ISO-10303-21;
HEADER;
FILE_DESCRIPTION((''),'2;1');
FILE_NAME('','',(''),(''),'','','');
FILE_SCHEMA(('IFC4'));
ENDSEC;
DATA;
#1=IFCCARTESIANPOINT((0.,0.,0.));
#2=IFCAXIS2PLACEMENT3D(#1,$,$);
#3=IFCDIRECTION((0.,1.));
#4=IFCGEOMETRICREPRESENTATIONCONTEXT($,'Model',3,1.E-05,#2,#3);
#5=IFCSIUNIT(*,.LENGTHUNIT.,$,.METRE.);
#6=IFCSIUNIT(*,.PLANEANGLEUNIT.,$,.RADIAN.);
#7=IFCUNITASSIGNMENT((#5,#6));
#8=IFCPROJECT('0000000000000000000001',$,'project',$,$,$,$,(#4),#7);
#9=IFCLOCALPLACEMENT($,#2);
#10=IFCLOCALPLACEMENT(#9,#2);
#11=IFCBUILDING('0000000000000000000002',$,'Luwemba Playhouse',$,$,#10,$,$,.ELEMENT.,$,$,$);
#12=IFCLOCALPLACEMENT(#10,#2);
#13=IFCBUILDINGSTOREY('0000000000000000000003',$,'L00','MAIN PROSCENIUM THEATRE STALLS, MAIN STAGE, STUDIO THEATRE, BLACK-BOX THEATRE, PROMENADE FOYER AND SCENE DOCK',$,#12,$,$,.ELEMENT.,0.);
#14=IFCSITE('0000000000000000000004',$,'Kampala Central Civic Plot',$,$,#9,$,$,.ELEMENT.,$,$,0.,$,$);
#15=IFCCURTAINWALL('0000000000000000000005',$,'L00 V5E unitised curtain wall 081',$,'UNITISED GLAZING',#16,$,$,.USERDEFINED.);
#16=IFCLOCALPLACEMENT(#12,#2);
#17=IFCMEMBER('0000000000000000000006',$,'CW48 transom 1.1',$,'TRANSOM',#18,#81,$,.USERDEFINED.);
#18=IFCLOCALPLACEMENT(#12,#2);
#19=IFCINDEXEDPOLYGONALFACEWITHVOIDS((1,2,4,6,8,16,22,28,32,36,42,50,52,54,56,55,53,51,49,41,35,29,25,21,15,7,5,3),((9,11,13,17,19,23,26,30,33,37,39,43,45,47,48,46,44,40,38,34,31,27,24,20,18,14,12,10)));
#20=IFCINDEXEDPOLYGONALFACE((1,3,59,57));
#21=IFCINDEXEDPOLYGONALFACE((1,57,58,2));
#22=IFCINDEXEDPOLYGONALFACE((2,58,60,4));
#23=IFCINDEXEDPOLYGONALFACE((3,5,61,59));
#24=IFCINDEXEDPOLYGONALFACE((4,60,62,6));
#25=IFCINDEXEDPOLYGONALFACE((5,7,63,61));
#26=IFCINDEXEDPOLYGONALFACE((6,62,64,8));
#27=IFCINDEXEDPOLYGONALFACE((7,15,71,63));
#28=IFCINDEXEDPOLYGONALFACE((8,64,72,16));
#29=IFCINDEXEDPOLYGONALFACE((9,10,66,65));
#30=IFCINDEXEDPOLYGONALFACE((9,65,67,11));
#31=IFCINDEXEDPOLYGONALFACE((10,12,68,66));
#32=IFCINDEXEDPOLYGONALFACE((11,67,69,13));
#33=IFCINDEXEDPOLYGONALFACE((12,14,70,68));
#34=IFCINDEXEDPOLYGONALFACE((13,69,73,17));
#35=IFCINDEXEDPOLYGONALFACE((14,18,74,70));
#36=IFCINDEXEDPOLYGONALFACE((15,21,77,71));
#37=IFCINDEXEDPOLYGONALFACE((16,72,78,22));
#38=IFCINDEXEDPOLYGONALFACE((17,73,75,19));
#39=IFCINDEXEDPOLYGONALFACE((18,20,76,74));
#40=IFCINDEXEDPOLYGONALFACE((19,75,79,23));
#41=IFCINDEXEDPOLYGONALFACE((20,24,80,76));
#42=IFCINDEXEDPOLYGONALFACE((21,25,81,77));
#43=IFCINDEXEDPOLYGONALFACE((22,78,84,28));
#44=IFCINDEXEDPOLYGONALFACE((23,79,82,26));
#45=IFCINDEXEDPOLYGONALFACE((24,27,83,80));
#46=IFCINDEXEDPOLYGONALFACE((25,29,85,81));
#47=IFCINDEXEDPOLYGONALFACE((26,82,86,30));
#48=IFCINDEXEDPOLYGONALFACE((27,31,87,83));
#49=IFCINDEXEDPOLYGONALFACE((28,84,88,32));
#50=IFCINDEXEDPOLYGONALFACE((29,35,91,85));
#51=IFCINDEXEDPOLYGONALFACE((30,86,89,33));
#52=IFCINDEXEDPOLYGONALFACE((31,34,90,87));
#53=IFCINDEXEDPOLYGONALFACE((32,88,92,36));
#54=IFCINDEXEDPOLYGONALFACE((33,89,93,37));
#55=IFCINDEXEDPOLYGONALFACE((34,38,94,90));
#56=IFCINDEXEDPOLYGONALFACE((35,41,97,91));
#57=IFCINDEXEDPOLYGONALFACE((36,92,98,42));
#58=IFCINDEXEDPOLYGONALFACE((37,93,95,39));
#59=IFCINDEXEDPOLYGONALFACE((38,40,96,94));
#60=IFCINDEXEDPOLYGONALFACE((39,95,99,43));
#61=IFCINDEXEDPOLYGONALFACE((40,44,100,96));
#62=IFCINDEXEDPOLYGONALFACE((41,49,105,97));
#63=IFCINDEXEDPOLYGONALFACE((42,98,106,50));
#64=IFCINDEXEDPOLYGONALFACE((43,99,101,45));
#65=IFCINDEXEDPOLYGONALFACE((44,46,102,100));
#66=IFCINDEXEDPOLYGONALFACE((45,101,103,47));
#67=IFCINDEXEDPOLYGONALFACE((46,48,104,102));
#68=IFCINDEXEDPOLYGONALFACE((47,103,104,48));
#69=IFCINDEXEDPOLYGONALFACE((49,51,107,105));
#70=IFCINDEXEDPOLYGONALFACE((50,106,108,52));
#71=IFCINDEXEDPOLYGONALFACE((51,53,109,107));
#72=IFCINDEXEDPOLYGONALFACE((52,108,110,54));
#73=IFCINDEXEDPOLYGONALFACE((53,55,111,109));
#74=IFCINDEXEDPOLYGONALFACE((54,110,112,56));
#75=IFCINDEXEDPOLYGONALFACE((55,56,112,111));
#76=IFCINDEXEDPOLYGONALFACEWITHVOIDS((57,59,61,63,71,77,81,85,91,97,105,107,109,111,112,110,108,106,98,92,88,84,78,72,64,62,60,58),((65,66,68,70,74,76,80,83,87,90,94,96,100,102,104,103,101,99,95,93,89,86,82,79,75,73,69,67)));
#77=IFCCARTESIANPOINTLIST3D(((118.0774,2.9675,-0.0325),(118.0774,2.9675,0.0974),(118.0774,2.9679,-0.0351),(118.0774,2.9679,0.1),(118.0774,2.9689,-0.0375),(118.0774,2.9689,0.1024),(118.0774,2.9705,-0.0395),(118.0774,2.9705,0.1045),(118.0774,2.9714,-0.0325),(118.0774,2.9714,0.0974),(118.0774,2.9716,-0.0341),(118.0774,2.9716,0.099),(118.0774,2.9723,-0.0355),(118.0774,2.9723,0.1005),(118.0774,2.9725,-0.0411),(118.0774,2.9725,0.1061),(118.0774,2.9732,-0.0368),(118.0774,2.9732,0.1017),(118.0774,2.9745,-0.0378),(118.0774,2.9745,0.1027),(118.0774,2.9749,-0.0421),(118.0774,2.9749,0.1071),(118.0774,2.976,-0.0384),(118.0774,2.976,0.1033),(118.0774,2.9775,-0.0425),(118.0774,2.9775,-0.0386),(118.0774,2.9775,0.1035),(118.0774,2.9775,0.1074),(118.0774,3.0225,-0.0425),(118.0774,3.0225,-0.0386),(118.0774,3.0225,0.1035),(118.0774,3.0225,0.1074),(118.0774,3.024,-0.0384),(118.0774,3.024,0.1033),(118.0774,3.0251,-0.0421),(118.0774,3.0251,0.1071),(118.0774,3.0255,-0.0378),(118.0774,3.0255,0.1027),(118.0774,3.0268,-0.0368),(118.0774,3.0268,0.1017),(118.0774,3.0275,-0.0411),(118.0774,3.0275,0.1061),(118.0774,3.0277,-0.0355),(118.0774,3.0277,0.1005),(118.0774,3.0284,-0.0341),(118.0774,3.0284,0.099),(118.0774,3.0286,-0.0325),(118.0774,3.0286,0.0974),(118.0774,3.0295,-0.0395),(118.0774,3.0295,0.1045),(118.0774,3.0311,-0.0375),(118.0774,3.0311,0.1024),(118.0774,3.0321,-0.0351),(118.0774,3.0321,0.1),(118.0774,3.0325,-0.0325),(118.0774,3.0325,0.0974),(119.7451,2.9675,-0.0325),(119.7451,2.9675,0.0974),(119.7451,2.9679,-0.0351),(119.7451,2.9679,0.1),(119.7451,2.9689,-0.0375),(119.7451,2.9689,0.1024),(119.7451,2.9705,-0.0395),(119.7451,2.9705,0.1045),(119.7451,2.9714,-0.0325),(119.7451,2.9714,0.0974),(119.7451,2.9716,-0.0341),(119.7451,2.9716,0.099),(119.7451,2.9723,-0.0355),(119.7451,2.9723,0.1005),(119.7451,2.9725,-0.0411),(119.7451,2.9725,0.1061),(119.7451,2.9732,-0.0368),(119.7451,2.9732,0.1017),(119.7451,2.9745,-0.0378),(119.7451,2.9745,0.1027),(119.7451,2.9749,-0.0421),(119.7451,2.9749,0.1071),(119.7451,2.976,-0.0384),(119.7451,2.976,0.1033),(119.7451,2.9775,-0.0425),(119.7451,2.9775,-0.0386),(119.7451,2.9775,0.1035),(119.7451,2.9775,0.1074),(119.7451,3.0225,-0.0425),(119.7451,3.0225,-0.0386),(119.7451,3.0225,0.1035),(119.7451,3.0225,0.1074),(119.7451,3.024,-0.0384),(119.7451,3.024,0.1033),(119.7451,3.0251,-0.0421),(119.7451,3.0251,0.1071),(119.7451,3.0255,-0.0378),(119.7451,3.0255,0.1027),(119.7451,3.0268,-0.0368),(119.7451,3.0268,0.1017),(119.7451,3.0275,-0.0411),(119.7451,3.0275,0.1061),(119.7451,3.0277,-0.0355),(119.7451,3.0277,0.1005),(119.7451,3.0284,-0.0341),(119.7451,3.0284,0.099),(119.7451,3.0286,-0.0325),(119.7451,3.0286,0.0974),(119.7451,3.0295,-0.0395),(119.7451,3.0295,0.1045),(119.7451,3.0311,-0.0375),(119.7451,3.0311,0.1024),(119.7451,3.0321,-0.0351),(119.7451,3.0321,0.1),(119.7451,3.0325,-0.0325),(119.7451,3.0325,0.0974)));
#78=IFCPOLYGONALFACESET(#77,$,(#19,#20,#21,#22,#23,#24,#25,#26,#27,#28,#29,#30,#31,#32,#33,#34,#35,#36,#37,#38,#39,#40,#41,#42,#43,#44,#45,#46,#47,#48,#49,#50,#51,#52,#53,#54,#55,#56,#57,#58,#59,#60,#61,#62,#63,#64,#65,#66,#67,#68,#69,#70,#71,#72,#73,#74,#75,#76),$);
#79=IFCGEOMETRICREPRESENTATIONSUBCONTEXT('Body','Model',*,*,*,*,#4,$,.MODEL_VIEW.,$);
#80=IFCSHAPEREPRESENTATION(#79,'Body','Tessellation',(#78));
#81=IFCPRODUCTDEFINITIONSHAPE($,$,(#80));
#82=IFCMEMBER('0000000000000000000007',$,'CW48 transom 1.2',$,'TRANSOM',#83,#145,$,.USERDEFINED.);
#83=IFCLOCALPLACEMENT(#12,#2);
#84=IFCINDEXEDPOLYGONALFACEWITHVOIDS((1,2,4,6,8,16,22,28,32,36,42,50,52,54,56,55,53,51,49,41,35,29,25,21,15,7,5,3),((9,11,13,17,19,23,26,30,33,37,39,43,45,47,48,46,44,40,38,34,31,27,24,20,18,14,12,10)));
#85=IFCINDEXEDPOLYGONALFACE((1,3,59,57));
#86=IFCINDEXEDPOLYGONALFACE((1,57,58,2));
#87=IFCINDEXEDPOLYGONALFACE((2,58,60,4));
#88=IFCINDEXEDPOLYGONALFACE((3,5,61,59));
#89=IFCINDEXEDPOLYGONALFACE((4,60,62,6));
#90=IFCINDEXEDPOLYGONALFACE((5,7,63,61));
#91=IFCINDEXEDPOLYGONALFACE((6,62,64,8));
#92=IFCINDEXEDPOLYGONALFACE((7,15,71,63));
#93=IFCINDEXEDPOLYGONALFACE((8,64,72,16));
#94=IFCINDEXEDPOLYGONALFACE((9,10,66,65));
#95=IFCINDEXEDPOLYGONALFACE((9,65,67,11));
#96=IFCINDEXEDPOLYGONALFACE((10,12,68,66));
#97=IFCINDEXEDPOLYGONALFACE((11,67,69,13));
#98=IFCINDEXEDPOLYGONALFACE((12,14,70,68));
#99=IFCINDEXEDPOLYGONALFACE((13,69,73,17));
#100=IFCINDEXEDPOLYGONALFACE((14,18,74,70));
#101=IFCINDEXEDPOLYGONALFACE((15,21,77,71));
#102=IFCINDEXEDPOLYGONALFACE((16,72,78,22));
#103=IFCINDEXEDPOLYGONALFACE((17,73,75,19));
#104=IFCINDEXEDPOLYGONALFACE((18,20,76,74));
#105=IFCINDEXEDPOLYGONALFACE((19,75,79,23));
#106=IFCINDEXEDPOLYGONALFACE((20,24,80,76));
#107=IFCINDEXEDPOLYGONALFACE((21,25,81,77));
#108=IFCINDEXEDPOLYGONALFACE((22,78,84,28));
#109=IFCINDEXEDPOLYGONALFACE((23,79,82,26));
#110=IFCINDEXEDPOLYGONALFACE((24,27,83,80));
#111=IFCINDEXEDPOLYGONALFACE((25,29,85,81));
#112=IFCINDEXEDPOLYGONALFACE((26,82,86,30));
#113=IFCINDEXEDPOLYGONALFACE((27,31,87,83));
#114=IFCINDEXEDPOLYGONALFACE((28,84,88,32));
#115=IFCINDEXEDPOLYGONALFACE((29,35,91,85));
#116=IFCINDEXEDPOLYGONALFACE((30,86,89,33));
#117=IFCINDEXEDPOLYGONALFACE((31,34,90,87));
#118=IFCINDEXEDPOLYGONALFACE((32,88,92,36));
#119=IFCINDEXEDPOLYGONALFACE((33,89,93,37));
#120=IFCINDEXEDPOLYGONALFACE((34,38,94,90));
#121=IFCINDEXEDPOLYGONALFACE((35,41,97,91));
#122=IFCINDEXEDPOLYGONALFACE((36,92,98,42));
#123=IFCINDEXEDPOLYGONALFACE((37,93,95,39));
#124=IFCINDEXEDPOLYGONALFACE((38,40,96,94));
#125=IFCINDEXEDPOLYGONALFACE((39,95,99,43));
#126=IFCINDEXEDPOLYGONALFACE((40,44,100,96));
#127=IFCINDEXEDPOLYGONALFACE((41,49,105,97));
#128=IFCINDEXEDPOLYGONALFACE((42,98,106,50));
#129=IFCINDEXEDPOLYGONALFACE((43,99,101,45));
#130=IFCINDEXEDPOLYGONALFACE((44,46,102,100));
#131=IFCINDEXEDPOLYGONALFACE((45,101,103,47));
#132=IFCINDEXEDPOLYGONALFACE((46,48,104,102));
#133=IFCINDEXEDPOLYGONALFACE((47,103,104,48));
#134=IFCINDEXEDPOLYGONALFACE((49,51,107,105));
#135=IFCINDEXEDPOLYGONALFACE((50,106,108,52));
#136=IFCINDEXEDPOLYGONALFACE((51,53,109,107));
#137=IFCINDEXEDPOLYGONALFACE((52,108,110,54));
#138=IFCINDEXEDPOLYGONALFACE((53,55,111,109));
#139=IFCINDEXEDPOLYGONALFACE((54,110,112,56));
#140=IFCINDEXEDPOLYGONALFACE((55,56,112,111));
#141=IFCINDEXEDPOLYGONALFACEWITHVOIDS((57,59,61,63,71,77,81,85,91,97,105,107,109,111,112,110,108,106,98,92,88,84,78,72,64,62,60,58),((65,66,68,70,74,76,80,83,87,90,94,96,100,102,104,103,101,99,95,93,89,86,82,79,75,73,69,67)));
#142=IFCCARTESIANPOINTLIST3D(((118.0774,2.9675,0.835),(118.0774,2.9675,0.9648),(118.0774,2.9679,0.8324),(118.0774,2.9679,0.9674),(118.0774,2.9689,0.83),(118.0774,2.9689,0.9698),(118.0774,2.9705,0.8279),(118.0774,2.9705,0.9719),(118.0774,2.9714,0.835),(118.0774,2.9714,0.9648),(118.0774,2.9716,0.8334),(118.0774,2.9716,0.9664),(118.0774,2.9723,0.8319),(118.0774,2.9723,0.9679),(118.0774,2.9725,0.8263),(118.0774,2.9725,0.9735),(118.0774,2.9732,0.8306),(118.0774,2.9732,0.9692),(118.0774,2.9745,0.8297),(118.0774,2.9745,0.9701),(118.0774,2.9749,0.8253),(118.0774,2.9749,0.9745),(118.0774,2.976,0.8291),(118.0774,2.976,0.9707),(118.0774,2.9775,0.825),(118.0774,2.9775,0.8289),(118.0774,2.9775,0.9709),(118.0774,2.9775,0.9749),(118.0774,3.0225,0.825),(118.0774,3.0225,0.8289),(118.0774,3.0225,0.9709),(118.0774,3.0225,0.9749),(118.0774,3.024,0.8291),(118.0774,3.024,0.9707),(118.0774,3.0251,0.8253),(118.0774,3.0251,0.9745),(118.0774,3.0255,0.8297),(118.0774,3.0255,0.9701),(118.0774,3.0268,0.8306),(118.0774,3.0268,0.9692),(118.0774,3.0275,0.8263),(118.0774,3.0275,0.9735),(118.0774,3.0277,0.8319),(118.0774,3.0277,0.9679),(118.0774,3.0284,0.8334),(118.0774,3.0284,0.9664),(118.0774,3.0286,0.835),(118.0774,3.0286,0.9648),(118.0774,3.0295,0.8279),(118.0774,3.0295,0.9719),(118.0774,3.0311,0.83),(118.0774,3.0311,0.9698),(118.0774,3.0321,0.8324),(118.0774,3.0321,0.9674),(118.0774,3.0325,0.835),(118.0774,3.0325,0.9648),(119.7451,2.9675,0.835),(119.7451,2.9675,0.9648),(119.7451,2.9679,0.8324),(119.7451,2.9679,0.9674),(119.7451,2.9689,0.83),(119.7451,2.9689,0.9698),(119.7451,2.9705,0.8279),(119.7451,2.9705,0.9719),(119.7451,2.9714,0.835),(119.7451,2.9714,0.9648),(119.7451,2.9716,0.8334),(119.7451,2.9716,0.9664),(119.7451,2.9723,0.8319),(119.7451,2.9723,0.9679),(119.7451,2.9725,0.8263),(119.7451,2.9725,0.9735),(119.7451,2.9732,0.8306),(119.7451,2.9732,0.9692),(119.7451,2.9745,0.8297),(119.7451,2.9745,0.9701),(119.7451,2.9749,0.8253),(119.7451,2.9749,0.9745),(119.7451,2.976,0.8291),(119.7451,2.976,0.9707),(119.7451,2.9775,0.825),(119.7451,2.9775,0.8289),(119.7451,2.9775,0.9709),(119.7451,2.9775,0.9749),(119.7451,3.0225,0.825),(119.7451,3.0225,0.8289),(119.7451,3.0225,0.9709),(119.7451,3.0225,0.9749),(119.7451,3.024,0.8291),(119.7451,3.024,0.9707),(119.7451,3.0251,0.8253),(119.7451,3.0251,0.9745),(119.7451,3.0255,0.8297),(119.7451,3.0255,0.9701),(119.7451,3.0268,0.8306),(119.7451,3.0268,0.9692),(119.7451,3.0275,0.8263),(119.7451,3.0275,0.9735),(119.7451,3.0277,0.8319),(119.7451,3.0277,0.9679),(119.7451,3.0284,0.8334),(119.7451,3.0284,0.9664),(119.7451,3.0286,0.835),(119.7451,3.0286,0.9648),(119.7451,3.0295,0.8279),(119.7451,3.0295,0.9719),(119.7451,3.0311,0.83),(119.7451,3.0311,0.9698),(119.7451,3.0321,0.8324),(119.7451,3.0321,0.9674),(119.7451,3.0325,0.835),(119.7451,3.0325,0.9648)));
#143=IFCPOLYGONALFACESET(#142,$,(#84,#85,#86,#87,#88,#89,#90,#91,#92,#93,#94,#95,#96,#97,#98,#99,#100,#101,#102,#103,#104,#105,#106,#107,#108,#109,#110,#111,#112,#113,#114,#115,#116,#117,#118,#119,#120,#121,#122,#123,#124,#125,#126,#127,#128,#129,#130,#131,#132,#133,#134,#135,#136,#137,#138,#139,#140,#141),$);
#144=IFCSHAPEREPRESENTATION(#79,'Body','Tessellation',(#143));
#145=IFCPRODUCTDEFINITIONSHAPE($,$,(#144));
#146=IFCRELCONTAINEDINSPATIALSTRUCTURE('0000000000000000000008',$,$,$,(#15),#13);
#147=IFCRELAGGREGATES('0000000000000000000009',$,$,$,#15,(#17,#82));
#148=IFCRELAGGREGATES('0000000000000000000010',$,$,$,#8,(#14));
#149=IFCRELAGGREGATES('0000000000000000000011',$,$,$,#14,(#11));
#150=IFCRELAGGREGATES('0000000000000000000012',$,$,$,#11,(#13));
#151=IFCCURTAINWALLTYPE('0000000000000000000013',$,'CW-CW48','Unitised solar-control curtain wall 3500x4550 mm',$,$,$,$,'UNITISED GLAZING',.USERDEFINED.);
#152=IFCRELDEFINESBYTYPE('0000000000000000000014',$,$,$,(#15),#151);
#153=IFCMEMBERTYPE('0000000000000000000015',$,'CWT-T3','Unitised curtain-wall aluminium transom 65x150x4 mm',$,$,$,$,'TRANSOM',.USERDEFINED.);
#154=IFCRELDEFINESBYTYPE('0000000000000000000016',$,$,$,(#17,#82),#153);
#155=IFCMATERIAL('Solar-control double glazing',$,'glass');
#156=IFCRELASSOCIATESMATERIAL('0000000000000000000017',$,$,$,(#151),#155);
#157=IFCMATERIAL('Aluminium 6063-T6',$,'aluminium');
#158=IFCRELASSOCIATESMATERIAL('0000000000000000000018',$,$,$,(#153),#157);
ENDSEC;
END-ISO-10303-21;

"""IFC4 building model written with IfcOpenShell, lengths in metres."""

from ifc_helpers import new_model, si_unit, direction, frame, origin, origin_2d, place, context, subcontext, project, spatial, hollow_rectangle, extrude, material, material_profile, profile_set, type_object, element, aggregate, save


model = new_model("IFC4")

# Units and contexts
model_context = context("Model", 3, precision=1e-05, world=origin(), true_north=direction((0.0, 1.0)))
body_context = subcontext(model_context, "Body", "Model", "MODEL_VIEW")
ifc_project = project(units=[si_unit("LENGTHUNIT", "METRE"), si_unit("PLANEANGLEUNIT", "RADIAN")], contexts=[model_context])

# Site, building, storey
site_placement = place(None, origin())
site = spatial("IfcSite", under=ifc_project, at=site_placement, Name="Kampala Central Civic Plot", CompositionType="ELEMENT", RefElevation=0.0)
building_placement = place(site_placement, origin())
building = spatial("IfcBuilding", under=site, at=building_placement, Name="Luwemba Playhouse", CompositionType="ELEMENT")
storey_placement = place(building_placement, origin())
storey = spatial("IfcBuildingStorey", under=building, at=storey_placement, Name="L00", Description="MAIN PROSCENIUM THEATRE STALLS, MAIN STAGE, STUDIO THEATRE, BLACK-BOX THEATRE, PROMENADE FOYER AND SCENE DOCK", CompositionType="ELEMENT", Elevation=0.0)

# Shared definitions
ifc_material_1 = material(Name="Solar-control double glazing", Category="glass")
ifc_material_2 = material(Name="Aluminium 6063-T6", Category="aluminium")

# Curtain wall
curtain_wall_type_1 = type_object("IfcCurtainWallType", Name="CW-CW48", Description="Unitised solar-control curtain wall 3500x4550 mm", ElementType="UNITISED GLAZING", PredefinedType="USERDEFINED", material=ifc_material_1)
curtain_wall_1_placement = place(storey_placement, origin())
curtain_wall_1 = element("IfcCurtainWall", 1, at=curtain_wall_1_placement, inside=storey, type_object=curtain_wall_type_1, Name="L00 V5E unitised curtain wall 081", ObjectType="UNITISED GLAZING", PredefinedType="USERDEFINED")

# Members
ifc_material_profile_1 = material_profile(ifc_material_2, hollow_rectangle(XDim=0.0649, YDim=0.1499, WallThickness=0.0039, InnerFilletRadius=0.0061, OuterFilletRadius=0.01, at=origin_2d()))
ifc_profile_set_1 = profile_set([ifc_material_profile_1], Name="Aluminium 6063-T6")
member_type_1 = type_object("IfcMemberType", Name="CWT-T3", Description="Unitised curtain-wall aluminium transom 65x150x4 mm", ElementType="TRANSOM", PredefinedType="USERDEFINED", material=ifc_profile_set_1)
member_1_placement = place(storey_placement, frame((119.7451, 3.0, 0.0325), z_axis=(-1.0, 0.0, 0.0), x_axis=(0.0, -1.0, 0.0)))
member_1 = element("IfcMember", 2, at=member_1_placement, type_object=member_type_1, Name="CW48 transom 1.1", ObjectType="TRANSOM", PredefinedType="USERDEFINED", context=body_context, shape_type="SweptSolid", body=[
    extrude(hollow_rectangle(XDim=0.0649, YDim=0.1499, WallThickness=0.0039, InnerFilletRadius=0.0061, OuterFilletRadius=0.01, at=origin_2d()), origin(), (0.0, 0.0, 1.0), 1.6677),
])
member_2_placement = place(storey_placement, frame((119.7451, 3.0, 0.8999), z_axis=(-1.0, 0.0, 0.0), x_axis=(0.0, -1.0, 0.0)))
member_2 = element("IfcMember", 3, at=member_2_placement, type_object=member_type_1, Name="CW48 transom 1.2", ObjectType="TRANSOM", PredefinedType="USERDEFINED", context=body_context, shape_type="SweptSolid", body=[
    extrude(hollow_rectangle(XDim=0.0649, YDim=0.1499, WallThickness=0.0039, InnerFilletRadius=0.0061, OuterFilletRadius=0.01, at=origin_2d()), origin(), (0.0, 0.0, 1.0), 1.6677),
])

aggregate(curtain_wall_1, [member_1, member_2])

save(model, "model.ifc")
